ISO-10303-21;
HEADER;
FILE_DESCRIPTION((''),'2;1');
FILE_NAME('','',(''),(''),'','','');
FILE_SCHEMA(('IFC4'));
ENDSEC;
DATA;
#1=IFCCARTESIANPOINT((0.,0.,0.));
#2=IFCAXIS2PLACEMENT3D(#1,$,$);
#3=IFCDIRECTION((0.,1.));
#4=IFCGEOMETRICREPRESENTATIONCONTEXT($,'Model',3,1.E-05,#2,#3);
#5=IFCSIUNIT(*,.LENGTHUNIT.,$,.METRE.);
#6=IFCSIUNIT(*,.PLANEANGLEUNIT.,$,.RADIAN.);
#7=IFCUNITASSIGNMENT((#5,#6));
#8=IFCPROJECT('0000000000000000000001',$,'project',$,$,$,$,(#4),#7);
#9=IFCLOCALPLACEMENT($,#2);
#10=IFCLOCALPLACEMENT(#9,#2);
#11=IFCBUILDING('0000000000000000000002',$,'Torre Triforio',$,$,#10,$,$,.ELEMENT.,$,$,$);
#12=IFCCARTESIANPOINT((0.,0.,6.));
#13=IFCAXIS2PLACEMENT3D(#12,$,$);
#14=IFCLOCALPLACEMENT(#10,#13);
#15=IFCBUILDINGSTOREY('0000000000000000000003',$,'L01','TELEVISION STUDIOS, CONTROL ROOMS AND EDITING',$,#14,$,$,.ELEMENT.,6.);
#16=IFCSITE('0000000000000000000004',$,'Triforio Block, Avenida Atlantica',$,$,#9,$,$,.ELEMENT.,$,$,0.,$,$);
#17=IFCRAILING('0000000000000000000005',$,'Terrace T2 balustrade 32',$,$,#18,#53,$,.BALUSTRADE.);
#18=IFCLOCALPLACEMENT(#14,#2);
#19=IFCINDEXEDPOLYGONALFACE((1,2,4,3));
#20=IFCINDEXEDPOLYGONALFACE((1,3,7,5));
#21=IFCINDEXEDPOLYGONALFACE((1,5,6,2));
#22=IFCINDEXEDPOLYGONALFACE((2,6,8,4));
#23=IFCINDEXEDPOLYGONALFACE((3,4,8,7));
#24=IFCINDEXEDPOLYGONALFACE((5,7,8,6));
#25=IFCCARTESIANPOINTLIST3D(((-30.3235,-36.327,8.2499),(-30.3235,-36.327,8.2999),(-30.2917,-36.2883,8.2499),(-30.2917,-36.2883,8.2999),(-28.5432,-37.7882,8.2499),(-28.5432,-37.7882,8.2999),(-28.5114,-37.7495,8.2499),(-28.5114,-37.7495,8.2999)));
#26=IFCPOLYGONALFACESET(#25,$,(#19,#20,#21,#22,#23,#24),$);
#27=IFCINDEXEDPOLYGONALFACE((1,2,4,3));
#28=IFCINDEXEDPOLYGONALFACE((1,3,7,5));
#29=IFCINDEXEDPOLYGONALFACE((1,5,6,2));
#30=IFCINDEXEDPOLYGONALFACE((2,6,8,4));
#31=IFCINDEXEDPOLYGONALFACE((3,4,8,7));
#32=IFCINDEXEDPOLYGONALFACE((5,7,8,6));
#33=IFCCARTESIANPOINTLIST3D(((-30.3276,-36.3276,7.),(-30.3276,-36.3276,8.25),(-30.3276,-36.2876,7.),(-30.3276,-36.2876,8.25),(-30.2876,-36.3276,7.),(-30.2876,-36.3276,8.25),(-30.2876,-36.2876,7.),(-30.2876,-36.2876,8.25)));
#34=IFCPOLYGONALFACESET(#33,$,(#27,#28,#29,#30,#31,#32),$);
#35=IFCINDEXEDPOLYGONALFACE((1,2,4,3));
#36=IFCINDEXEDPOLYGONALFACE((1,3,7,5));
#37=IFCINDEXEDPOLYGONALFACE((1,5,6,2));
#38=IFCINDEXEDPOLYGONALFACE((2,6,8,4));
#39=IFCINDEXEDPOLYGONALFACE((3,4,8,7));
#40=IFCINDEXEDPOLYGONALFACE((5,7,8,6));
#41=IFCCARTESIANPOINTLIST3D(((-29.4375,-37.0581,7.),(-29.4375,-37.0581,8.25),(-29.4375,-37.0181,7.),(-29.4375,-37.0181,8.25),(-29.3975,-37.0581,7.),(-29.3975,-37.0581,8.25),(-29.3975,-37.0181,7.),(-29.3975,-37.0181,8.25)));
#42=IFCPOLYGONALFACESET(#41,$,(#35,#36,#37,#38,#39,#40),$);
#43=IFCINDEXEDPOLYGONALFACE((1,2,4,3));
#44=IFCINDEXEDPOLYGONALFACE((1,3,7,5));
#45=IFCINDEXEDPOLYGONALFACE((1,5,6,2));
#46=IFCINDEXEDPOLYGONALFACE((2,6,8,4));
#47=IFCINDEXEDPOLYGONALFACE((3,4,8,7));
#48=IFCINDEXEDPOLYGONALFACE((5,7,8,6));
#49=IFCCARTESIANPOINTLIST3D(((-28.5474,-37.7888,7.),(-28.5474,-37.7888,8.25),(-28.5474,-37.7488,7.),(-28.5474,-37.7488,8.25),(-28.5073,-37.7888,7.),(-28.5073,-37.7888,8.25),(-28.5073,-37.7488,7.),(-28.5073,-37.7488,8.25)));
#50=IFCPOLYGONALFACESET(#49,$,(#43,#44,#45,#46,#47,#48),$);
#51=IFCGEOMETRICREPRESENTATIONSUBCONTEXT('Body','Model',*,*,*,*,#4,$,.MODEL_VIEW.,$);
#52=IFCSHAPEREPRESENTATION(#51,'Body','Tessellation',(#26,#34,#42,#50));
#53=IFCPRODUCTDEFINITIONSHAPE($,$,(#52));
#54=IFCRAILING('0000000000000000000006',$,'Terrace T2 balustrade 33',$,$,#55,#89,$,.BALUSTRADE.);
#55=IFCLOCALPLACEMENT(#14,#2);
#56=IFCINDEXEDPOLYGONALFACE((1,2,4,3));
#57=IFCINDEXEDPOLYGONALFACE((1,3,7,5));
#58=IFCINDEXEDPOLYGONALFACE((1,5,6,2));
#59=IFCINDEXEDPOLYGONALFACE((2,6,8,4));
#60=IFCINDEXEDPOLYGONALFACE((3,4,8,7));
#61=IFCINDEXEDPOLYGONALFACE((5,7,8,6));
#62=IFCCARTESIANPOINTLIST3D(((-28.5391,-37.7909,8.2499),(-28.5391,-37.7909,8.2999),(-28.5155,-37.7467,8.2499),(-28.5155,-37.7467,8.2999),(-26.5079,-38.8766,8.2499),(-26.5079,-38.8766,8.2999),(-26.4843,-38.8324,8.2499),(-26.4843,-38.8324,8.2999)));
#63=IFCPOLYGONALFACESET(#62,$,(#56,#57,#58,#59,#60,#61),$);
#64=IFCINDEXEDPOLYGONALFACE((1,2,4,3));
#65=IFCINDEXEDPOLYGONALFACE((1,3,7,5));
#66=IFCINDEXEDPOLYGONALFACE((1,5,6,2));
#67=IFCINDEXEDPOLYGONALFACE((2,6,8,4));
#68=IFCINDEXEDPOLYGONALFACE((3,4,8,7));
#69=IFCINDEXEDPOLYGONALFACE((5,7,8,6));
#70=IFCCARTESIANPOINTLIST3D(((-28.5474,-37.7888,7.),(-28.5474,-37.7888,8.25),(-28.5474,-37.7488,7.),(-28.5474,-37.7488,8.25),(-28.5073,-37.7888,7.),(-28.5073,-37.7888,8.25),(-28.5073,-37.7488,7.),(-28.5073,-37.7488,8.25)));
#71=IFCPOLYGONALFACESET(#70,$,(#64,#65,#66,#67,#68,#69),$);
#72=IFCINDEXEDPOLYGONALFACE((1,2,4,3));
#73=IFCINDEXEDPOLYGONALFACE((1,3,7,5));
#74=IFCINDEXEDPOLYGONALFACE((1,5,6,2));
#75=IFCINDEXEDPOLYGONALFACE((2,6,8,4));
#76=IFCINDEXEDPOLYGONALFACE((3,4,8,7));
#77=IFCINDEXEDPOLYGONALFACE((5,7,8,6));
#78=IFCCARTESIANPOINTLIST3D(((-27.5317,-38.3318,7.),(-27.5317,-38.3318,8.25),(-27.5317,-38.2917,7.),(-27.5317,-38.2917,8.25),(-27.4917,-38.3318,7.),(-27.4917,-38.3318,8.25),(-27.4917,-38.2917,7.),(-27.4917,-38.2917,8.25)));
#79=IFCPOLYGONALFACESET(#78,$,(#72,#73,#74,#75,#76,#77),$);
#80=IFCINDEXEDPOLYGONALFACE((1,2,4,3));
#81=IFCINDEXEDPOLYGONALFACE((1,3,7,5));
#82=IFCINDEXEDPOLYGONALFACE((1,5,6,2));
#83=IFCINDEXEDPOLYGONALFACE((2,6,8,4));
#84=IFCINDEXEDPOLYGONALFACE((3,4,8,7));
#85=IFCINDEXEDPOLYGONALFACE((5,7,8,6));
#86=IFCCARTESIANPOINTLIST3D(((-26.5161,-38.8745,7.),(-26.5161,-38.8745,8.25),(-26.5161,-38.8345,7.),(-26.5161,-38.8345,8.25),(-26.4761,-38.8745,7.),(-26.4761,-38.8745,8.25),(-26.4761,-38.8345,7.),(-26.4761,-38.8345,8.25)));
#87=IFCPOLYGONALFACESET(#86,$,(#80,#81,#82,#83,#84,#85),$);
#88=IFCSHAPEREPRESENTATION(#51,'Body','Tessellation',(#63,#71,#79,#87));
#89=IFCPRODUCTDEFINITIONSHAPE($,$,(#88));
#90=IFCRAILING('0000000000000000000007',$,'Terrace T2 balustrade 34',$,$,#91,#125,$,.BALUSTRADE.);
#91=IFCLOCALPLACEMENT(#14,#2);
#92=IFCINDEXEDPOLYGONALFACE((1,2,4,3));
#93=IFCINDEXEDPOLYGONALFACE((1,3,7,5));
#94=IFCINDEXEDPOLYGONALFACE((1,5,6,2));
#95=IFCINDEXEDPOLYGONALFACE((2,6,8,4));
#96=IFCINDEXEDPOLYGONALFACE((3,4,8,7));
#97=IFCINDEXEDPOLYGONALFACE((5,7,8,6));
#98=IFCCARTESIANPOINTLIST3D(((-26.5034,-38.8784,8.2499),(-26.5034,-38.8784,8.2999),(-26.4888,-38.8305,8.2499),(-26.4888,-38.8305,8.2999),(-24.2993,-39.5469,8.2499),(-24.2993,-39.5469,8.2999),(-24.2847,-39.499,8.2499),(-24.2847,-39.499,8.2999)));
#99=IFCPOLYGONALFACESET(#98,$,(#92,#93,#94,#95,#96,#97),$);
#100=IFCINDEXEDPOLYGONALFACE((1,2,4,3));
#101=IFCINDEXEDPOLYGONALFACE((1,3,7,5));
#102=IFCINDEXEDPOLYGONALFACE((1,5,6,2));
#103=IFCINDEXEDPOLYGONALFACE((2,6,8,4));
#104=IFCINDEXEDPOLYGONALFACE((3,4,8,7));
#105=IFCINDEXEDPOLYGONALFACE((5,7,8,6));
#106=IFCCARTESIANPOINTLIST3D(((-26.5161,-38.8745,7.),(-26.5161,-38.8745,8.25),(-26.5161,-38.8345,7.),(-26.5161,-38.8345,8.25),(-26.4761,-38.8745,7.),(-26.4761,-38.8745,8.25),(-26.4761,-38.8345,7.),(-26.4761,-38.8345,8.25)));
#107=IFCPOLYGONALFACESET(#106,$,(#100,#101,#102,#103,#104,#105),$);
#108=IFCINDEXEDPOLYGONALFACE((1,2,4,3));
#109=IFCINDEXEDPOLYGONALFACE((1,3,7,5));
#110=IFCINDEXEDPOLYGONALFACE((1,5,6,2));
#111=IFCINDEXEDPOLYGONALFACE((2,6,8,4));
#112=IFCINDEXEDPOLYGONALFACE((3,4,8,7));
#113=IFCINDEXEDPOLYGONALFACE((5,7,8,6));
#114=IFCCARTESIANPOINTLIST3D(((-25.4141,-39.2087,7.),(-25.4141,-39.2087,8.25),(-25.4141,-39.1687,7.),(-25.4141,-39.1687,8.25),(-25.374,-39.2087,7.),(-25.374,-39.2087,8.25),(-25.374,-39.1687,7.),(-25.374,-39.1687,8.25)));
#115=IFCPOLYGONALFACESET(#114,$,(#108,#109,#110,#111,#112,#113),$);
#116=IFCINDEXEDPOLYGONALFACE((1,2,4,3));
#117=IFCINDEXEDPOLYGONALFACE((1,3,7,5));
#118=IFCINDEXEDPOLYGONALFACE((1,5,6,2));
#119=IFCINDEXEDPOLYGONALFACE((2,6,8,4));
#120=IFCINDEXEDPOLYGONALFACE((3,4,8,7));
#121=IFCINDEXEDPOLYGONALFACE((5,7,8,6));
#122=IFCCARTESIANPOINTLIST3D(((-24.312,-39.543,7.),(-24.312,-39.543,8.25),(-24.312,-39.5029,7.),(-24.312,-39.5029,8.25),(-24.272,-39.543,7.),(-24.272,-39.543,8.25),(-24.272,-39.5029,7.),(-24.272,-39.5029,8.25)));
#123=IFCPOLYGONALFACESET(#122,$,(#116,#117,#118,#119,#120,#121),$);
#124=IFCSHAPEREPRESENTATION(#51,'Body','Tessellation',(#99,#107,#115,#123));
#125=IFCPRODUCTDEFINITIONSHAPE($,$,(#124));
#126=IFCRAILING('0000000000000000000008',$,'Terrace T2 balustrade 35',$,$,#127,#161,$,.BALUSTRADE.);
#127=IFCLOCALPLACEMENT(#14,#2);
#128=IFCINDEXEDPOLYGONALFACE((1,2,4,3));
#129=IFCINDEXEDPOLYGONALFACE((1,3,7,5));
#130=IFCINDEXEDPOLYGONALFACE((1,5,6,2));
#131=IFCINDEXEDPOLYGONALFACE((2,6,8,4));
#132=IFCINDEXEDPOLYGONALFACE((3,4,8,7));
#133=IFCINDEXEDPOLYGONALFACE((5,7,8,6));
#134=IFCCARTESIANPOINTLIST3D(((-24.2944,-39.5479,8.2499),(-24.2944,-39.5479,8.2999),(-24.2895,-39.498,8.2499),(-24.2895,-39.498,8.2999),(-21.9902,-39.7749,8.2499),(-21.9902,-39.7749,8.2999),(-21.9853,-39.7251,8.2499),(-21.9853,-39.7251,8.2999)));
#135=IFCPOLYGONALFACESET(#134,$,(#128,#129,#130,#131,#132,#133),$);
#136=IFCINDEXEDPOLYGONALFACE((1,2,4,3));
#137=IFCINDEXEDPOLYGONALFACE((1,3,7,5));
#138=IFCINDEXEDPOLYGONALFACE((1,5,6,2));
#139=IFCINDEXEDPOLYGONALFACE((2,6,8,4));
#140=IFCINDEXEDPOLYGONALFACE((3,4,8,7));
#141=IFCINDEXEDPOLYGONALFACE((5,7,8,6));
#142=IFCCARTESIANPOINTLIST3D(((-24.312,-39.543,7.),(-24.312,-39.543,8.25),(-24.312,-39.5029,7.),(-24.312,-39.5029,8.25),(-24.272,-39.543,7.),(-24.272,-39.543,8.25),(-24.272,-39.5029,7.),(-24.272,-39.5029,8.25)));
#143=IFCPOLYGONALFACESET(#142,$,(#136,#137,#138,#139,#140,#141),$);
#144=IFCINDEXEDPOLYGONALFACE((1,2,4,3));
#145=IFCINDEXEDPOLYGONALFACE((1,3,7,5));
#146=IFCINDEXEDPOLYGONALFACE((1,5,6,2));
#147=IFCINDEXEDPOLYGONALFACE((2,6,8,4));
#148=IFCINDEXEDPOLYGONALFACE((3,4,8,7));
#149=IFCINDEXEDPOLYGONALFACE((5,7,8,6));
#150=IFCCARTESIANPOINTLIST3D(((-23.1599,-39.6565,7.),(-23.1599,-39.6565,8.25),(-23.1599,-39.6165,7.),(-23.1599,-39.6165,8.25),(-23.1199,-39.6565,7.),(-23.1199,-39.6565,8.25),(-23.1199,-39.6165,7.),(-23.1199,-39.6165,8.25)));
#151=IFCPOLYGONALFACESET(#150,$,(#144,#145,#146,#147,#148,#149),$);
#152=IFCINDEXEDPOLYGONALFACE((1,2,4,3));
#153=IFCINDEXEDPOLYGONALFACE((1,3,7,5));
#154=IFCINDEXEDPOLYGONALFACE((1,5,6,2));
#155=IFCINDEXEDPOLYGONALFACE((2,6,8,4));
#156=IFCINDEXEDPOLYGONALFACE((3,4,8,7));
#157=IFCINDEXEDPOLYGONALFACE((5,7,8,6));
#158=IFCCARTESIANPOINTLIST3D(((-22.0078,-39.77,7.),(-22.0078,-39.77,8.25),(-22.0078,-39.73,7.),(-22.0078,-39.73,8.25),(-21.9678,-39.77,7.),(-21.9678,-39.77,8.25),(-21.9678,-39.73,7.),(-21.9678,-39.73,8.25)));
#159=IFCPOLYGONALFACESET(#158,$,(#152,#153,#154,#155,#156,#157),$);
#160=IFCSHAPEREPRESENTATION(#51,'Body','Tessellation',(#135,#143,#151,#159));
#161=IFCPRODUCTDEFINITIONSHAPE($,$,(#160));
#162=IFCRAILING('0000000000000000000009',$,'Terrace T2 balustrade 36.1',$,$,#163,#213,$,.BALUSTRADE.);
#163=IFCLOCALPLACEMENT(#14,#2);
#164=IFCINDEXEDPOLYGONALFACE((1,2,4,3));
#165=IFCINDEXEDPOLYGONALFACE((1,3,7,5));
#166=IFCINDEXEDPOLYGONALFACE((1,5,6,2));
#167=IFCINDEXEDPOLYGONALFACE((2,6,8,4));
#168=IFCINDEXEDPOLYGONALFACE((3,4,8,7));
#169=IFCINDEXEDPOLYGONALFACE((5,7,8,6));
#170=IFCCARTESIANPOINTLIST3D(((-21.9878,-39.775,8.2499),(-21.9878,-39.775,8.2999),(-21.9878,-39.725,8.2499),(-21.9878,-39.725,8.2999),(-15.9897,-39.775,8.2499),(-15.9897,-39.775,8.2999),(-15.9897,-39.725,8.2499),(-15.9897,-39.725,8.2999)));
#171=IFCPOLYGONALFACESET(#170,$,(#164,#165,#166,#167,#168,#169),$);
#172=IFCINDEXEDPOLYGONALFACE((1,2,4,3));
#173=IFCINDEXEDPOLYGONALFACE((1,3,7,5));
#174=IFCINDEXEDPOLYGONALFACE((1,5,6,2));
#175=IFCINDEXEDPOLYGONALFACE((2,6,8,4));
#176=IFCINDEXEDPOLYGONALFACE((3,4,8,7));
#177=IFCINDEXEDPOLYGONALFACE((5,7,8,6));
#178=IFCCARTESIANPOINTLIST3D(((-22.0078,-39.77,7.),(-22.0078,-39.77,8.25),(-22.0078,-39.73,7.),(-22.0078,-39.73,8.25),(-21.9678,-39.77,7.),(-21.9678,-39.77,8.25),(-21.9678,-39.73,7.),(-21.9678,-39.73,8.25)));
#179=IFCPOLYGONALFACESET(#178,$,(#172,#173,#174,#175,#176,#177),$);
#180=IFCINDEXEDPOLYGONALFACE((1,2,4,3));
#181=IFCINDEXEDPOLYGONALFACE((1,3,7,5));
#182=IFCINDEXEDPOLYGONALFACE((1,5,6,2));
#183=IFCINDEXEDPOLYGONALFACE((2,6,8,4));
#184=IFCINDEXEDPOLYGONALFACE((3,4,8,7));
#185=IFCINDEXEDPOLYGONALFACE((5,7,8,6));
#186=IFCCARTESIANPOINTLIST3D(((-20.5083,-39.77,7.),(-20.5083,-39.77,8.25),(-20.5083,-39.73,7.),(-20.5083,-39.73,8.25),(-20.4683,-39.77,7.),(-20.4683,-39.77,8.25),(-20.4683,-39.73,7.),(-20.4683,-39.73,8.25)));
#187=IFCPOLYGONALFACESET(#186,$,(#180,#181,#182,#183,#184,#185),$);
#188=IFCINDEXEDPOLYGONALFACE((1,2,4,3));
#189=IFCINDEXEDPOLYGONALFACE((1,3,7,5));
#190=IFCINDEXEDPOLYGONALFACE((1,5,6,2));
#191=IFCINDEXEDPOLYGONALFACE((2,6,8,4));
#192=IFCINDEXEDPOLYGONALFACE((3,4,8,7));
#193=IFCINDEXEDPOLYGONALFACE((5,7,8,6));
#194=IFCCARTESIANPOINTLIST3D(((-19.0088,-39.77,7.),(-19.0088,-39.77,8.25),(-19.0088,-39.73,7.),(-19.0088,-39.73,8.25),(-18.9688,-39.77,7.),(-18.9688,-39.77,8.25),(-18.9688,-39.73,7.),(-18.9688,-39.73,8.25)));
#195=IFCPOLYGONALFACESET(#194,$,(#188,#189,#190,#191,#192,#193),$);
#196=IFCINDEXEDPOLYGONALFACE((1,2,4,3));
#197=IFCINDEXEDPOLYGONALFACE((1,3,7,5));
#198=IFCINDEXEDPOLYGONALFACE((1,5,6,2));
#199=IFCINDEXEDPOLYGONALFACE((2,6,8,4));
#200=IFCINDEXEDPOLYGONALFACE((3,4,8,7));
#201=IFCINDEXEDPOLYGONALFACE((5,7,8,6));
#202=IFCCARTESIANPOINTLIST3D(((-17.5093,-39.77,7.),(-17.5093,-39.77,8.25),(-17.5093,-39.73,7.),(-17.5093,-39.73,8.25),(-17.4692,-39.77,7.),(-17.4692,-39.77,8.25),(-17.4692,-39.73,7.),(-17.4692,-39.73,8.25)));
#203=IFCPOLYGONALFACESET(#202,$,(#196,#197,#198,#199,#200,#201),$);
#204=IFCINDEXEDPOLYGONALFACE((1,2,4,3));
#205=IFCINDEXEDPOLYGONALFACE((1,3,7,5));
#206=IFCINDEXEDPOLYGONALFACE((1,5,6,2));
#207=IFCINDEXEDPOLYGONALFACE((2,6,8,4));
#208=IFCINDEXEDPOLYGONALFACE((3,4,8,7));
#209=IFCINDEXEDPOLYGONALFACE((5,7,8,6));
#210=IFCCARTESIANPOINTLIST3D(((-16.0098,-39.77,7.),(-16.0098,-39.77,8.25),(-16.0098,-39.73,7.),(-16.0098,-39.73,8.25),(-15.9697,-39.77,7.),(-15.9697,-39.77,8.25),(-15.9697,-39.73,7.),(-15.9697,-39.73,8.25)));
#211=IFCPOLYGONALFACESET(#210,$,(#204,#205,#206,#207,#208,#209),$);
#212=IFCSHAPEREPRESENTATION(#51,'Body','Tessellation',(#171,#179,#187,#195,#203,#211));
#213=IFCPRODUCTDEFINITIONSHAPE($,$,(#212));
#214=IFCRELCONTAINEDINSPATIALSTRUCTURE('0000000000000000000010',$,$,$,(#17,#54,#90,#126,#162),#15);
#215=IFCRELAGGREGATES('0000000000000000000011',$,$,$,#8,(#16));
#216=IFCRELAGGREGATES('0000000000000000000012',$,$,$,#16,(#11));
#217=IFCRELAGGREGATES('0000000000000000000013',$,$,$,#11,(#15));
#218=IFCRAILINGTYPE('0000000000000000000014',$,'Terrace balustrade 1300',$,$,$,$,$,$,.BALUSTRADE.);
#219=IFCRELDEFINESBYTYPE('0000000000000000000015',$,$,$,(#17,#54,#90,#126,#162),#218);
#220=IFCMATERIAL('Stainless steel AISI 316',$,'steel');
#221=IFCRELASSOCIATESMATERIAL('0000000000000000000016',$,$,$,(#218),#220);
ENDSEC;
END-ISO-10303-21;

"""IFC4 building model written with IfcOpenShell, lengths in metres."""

from ifc_helpers import new_model, si_unit, direction, frame, origin, origin_2d, place, context, subcontext, project, spatial, rectangle, extrude, material, type_object, element, save


model = new_model("IFC4")

# Units and contexts
model_context = context("Model", 3, precision=1e-05, world=origin(), true_north=direction((0.0, 1.0)))
body_context = subcontext(model_context, "Body", "Model", "MODEL_VIEW")
ifc_project = project(units=[si_unit("LENGTHUNIT", "METRE"), si_unit("PLANEANGLEUNIT", "RADIAN")], contexts=[model_context])

# Site, building, storey
site_placement = place(None, origin())
site = spatial("IfcSite", under=ifc_project, at=site_placement, Name="Triforio Block, Avenida Atlantica", CompositionType="ELEMENT", RefElevation=0.0)
building_placement = place(site_placement, origin())
building = spatial("IfcBuilding", under=site, at=building_placement, Name="Torre Triforio", CompositionType="ELEMENT")
storey_placement = place(building_placement, frame((0.0, 0.0, 6.0)))
storey = spatial("IfcBuildingStorey", under=building, at=storey_placement, Name="L01", Description="TELEVISION STUDIOS, CONTROL ROOMS AND EDITING", CompositionType="ELEMENT", Elevation=6.0)

# Railings
ifc_material_1 = material(Name="Stainless steel AISI 316", Category="steel")
railing_type = type_object("IfcRailingType", Name="Terrace balustrade 1300", PredefinedType="BALUSTRADE", material=ifc_material_1)
railing_1_placement = place(storey_placement, frame((-30.3076, -36.3076, 7.0)))
element("IfcRailing", 1, at=railing_1_placement, inside=storey, type_object=railing_type, Name="Terrace T2 balustrade 32", PredefinedType="BALUSTRADE", context=body_context, shape_type="SweptSolid", body=[
    extrude(rectangle(XDim=0.05, YDim=0.05, at=origin_2d()), frame((0.0, 0.0, 1.2749), z_axis=(0.772979, -0.634432, 0.0), x_axis=(0.634432, 0.772979, 0.0)), (0.0, 0.0, 1.0), 2.3032),
    extrude(rectangle(XDim=0.04, YDim=0.04, at=origin_2d()), origin(), (0.0, 0.0, 1.0), 1.25),
    extrude(rectangle(XDim=0.04, YDim=0.04, at=origin_2d()), frame((0.8901, -0.7305, 0.0)), (0.0, 0.0, 1.0), 1.25),
    extrude(rectangle(XDim=0.04, YDim=0.04, at=origin_2d()), frame((1.7803, -1.4612, 0.0)), (0.0, 0.0, 1.0), 1.25),
])
railing_2_placement = place(storey_placement, frame((-28.5273, -37.7688, 7.0)))
element("IfcRailing", 2, at=railing_2_placement, inside=storey, type_object=railing_type, Name="Terrace T2 balustrade 33", PredefinedType="BALUSTRADE", context=body_context, shape_type="SweptSolid", body=[
    extrude(rectangle(XDim=0.05, YDim=0.05, at=origin_2d()), frame((0.0, 0.0, 1.2749), z_axis=(0.881927, -0.471386, 0.0), x_axis=(0.471386, 0.881927, 0.0)), (0.0, 0.0, 1.0), 2.3032),
    extrude(rectangle(XDim=0.04, YDim=0.04, at=origin_2d()), origin(), (0.0, 0.0, 1.0), 1.25),
    extrude(rectangle(XDim=0.04, YDim=0.04, at=origin_2d()), frame((1.0156, -0.543, 0.0)), (0.0, 0.0, 1.0), 1.25),
    extrude(rectangle(XDim=0.04, YDim=0.04, at=origin_2d()), frame((2.0312, -1.0857, 0.0)), (0.0, 0.0, 1.0), 1.25),
])
railing_3_placement = place(storey_placement, frame((-26.4961, -38.8545, 7.0)))
element("IfcRailing", 3, at=railing_3_placement, inside=storey, type_object=railing_type, Name="Terrace T2 balustrade 34", PredefinedType="BALUSTRADE", context=body_context, shape_type="SweptSolid", body=[
    extrude(rectangle(XDim=0.05, YDim=0.05, at=origin_2d()), frame((0.0, 0.0, 1.2749), z_axis=(0.956958, -0.290225, 0.0), x_axis=(0.290225, 0.956958, 0.0)), (0.0, 0.0, 1.0), 2.3032),
    extrude(rectangle(XDim=0.04, YDim=0.04, at=origin_2d()), origin(), (0.0, 0.0, 1.0), 1.25),
    extrude(rectangle(XDim=0.04, YDim=0.04, at=origin_2d()), frame((1.1021, -0.3342, 0.0)), (0.0, 0.0, 1.0), 1.25),
    extrude(rectangle(XDim=0.04, YDim=0.04, at=origin_2d()), frame((2.2041, -0.6685, 0.0)), (0.0, 0.0, 1.0), 1.25),
])
railing_4_placement = place(storey_placement, frame((-24.292, -39.5229, 7.0)))
element("IfcRailing", 4, at=railing_4_placement, inside=storey, type_object=railing_type, Name="Terrace T2 balustrade 35", PredefinedType="BALUSTRADE", context=body_context, shape_type="SweptSolid", body=[
    extrude(rectangle(XDim=0.05, YDim=0.05, at=origin_2d()), frame((0.0, 0.0, 1.2749), z_axis=(0.99518, -0.098063, 0.0), x_axis=(0.098063, 0.99518, 0.0)), (0.0, 0.0, 1.0), 2.3154),
    extrude(rectangle(XDim=0.04, YDim=0.04, at=origin_2d()), origin(), (0.0, 0.0, 1.0), 1.25),
    extrude(rectangle(XDim=0.04, YDim=0.04, at=origin_2d()), frame((1.1521, -0.1135, 0.0)), (0.0, 0.0, 1.0), 1.25),
    extrude(rectangle(XDim=0.04, YDim=0.04, at=origin_2d()), frame((2.3042, -0.2271, 0.0)), (0.0, 0.0, 1.0), 1.25),
])
for number, where, name in (
    (5, (-21.9878, -39.75, 7.0), "Terrace T2 balustrade 36.1"),
):
    element("IfcRailing", number, at=place(storey_placement, frame(where)), inside=storey, type_object=railing_type, Name=name, PredefinedType="BALUSTRADE", context=body_context, shape_type="SweptSolid", body=[
        extrude(rectangle(XDim=0.05, YDim=0.05, at=origin_2d()), frame((0.0, 0.0, 1.2749), z_axis=(1.0, 0.0, 0.0), x_axis=(0.0, 1.0, 0.0)), (0.0, 0.0, 1.0), 5.998),
        extrude(rectangle(XDim=0.04, YDim=0.04, at=origin_2d()), origin(), (0.0, 0.0, 1.0), 1.25),
        extrude(rectangle(XDim=0.04, YDim=0.04, at=origin_2d()), frame((1.4995, 0.0, 0.0)), (0.0, 0.0, 1.0), 1.25),
        extrude(rectangle(XDim=0.04, YDim=0.04, at=origin_2d()), frame((2.999, 0.0, 0.0)), (0.0, 0.0, 1.0), 1.25),
        extrude(rectangle(XDim=0.04, YDim=0.04, at=origin_2d()), frame((4.4985, 0.0, 0.0)), (0.0, 0.0, 1.0), 1.25),
        extrude(rectangle(XDim=0.04, YDim=0.04, at=origin_2d()), frame((5.998, 0.0, 0.0)), (0.0, 0.0, 1.0), 1.25),
    ])

save(model, "model.ifc")
